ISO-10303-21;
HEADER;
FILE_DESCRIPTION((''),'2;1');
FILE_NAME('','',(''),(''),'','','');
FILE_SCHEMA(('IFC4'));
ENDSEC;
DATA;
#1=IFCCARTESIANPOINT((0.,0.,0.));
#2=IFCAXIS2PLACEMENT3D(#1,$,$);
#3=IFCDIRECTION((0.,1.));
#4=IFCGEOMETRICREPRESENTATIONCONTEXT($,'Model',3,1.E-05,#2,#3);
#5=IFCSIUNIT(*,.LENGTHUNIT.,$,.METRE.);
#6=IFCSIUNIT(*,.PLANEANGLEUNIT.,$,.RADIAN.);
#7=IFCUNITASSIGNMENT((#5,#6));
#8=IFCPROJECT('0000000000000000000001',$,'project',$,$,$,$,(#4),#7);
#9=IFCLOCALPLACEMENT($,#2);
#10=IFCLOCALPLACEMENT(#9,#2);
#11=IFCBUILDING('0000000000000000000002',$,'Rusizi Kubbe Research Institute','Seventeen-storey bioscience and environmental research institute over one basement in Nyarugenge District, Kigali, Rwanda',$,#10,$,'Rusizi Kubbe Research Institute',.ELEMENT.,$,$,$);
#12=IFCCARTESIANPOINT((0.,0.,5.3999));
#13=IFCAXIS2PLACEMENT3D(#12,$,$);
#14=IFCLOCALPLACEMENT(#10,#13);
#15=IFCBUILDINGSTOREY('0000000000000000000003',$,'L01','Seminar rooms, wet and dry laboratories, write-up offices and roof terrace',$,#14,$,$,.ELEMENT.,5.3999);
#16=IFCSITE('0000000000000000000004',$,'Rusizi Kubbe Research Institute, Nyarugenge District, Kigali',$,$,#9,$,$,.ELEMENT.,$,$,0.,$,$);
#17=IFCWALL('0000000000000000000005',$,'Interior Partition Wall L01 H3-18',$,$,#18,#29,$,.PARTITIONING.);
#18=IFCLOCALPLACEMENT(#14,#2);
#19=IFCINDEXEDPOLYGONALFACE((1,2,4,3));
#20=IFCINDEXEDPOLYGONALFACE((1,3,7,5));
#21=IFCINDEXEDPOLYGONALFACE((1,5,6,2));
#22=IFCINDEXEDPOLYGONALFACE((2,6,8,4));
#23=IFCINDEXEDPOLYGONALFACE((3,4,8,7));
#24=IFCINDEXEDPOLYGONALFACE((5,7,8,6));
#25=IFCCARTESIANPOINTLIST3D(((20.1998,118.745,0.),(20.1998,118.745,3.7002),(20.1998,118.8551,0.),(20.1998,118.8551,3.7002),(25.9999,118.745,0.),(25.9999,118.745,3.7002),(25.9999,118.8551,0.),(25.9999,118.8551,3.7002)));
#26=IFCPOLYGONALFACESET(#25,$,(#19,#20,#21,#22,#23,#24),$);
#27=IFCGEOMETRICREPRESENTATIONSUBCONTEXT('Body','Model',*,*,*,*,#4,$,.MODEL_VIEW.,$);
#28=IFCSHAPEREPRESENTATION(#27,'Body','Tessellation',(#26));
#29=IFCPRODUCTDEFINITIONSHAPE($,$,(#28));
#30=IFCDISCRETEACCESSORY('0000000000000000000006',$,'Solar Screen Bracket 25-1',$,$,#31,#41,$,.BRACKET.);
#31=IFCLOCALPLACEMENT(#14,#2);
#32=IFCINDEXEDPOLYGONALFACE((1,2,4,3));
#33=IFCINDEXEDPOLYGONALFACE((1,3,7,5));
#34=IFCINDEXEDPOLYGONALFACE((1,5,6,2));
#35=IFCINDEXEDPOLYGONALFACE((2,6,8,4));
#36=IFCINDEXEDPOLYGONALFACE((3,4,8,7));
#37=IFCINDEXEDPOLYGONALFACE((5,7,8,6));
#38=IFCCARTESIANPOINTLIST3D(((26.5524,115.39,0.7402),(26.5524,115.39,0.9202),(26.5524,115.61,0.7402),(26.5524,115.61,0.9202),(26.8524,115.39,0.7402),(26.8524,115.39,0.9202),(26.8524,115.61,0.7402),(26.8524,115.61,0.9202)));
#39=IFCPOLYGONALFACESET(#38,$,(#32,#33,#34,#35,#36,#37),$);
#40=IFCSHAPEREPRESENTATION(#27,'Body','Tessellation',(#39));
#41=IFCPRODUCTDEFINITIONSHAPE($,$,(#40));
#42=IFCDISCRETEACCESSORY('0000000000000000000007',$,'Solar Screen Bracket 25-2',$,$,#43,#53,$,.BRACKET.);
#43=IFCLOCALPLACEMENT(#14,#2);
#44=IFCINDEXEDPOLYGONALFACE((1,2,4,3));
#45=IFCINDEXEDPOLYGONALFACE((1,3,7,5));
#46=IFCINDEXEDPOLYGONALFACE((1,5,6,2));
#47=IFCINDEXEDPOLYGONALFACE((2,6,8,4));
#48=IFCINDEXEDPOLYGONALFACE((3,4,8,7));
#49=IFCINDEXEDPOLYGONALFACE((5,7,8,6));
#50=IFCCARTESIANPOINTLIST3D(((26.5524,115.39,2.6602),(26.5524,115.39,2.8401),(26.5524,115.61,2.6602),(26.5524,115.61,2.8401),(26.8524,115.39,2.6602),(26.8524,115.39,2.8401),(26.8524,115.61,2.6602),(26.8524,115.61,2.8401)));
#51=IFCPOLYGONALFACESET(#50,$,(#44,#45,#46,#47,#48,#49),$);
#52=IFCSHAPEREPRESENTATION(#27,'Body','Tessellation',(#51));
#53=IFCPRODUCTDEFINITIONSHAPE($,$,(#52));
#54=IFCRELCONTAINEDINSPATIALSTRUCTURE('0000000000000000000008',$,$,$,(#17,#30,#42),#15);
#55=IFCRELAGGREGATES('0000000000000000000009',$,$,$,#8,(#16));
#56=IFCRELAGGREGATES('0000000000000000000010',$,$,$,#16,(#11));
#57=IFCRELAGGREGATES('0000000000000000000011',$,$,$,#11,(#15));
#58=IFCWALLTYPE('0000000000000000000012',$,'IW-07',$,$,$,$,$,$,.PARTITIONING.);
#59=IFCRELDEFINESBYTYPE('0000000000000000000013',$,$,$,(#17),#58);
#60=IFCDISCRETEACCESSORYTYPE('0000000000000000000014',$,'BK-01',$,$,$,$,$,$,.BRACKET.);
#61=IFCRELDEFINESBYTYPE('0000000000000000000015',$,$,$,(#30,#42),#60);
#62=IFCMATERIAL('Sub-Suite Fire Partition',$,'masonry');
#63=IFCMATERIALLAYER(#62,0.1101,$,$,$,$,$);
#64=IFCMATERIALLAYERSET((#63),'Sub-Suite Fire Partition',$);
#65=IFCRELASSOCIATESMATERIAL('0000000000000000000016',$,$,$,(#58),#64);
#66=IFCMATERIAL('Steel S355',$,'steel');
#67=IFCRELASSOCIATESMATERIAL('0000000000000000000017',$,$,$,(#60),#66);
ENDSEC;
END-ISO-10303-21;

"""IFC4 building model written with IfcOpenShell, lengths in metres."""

from ifc_helpers import new_model, si_unit, direction, frame, frame_2d, origin, origin_2d, place, context, subcontext, project, spatial, rectangle, extrude, material, layer, layer_set, type_object, element, save


model = new_model("IFC4")

# Units and contexts
model_context = context("Model", 3, precision=1e-05, world=origin(), true_north=direction((0.0, 1.0)))
body_context = subcontext(model_context, "Body", "Model", "MODEL_VIEW")
ifc_project = project(units=[si_unit("LENGTHUNIT", "METRE"), si_unit("PLANEANGLEUNIT", "RADIAN")], contexts=[model_context])

# Site, building, storey
site_placement = place(None, origin())
site = spatial("IfcSite", under=ifc_project, at=site_placement, Name="Rusizi Kubbe Research Institute, Nyarugenge District, Kigali", CompositionType="ELEMENT", RefElevation=0.0)
building_placement = place(site_placement, origin())
building = spatial("IfcBuilding", under=site, at=building_placement, Name="Rusizi Kubbe Research Institute", Description="Seventeen-storey bioscience and environmental research institute over one basement in Nyarugenge District, Kigali, Rwanda", LongName="Rusizi Kubbe Research Institute", CompositionType="ELEMENT")
storey_placement = place(building_placement, frame((0.0, 0.0, 5.3999)))
storey = spatial("IfcBuildingStorey", under=building, at=storey_placement, Name="L01", Description="Seminar rooms, wet and dry laboratories, write-up offices and roof terrace", CompositionType="ELEMENT", Elevation=5.3999)

# Wall
ifc_material_1 = material(Name="Sub-Suite Fire Partition", Category="masonry")
ifc_layer_1 = layer(ifc_material_1, 0.1101)
ifc_layer_set_1 = layer_set([ifc_layer_1], Name="Sub-Suite Fire Partition")
wall_type_1 = type_object("IfcWallType", Name="IW-07", PredefinedType="PARTITIONING", material=ifc_layer_set_1)
wall_1_placement = place(storey_placement, frame((20.2, 118.8, 0.0), z_axis=(0.0, 0.0, 1.0), x_axis=(1.0, 0.0, 0.0)))
element("IfcWall", 1, at=wall_1_placement, inside=storey, type_object=wall_type_1, Name="Interior Partition Wall L01 H3-18", PredefinedType="PARTITIONING", context=body_context, shape_type="SweptSolid", body=[
    extrude(rectangle(XDim=5.8, YDim=0.1101, at=frame_2d((2.8999, 0.0))), origin(), (0.0, 0.0, 1.0), 3.7002),
])

# Discrete accessories
ifc_material_2 = material(Name="Steel S355", Category="steel")
discrete_accessory_type = type_object("IfcDiscreteAccessoryType", Name="BK-01", PredefinedType="BRACKET", material=ifc_material_2)
for number, where, z_axis, x_axis, name in (
    (2, (26.7024, 115.5, 0.7402), (0.0, 0.0, 1.0), (1.0, 0.0, 0.0), "Solar Screen Bracket 25-1"),
    (3, (26.7024, 115.5, 2.6602), (0.0, 0.0, 1.0), (1.0, 0.0, 0.0), "Solar Screen Bracket 25-2"),
):
    element("IfcDiscreteAccessory", number, at=place(storey_placement, frame(where, z_axis=z_axis, x_axis=x_axis)), inside=storey, type_object=discrete_accessory_type, Name=name, PredefinedType="BRACKET", context=body_context, shape_type="SweptSolid", body=[
        extrude(rectangle(XDim=0.3, YDim=0.22, at=origin_2d()), origin(), (0.0, 0.0, 1.0), 0.1799),
    ])

save(model, "model.ifc")
